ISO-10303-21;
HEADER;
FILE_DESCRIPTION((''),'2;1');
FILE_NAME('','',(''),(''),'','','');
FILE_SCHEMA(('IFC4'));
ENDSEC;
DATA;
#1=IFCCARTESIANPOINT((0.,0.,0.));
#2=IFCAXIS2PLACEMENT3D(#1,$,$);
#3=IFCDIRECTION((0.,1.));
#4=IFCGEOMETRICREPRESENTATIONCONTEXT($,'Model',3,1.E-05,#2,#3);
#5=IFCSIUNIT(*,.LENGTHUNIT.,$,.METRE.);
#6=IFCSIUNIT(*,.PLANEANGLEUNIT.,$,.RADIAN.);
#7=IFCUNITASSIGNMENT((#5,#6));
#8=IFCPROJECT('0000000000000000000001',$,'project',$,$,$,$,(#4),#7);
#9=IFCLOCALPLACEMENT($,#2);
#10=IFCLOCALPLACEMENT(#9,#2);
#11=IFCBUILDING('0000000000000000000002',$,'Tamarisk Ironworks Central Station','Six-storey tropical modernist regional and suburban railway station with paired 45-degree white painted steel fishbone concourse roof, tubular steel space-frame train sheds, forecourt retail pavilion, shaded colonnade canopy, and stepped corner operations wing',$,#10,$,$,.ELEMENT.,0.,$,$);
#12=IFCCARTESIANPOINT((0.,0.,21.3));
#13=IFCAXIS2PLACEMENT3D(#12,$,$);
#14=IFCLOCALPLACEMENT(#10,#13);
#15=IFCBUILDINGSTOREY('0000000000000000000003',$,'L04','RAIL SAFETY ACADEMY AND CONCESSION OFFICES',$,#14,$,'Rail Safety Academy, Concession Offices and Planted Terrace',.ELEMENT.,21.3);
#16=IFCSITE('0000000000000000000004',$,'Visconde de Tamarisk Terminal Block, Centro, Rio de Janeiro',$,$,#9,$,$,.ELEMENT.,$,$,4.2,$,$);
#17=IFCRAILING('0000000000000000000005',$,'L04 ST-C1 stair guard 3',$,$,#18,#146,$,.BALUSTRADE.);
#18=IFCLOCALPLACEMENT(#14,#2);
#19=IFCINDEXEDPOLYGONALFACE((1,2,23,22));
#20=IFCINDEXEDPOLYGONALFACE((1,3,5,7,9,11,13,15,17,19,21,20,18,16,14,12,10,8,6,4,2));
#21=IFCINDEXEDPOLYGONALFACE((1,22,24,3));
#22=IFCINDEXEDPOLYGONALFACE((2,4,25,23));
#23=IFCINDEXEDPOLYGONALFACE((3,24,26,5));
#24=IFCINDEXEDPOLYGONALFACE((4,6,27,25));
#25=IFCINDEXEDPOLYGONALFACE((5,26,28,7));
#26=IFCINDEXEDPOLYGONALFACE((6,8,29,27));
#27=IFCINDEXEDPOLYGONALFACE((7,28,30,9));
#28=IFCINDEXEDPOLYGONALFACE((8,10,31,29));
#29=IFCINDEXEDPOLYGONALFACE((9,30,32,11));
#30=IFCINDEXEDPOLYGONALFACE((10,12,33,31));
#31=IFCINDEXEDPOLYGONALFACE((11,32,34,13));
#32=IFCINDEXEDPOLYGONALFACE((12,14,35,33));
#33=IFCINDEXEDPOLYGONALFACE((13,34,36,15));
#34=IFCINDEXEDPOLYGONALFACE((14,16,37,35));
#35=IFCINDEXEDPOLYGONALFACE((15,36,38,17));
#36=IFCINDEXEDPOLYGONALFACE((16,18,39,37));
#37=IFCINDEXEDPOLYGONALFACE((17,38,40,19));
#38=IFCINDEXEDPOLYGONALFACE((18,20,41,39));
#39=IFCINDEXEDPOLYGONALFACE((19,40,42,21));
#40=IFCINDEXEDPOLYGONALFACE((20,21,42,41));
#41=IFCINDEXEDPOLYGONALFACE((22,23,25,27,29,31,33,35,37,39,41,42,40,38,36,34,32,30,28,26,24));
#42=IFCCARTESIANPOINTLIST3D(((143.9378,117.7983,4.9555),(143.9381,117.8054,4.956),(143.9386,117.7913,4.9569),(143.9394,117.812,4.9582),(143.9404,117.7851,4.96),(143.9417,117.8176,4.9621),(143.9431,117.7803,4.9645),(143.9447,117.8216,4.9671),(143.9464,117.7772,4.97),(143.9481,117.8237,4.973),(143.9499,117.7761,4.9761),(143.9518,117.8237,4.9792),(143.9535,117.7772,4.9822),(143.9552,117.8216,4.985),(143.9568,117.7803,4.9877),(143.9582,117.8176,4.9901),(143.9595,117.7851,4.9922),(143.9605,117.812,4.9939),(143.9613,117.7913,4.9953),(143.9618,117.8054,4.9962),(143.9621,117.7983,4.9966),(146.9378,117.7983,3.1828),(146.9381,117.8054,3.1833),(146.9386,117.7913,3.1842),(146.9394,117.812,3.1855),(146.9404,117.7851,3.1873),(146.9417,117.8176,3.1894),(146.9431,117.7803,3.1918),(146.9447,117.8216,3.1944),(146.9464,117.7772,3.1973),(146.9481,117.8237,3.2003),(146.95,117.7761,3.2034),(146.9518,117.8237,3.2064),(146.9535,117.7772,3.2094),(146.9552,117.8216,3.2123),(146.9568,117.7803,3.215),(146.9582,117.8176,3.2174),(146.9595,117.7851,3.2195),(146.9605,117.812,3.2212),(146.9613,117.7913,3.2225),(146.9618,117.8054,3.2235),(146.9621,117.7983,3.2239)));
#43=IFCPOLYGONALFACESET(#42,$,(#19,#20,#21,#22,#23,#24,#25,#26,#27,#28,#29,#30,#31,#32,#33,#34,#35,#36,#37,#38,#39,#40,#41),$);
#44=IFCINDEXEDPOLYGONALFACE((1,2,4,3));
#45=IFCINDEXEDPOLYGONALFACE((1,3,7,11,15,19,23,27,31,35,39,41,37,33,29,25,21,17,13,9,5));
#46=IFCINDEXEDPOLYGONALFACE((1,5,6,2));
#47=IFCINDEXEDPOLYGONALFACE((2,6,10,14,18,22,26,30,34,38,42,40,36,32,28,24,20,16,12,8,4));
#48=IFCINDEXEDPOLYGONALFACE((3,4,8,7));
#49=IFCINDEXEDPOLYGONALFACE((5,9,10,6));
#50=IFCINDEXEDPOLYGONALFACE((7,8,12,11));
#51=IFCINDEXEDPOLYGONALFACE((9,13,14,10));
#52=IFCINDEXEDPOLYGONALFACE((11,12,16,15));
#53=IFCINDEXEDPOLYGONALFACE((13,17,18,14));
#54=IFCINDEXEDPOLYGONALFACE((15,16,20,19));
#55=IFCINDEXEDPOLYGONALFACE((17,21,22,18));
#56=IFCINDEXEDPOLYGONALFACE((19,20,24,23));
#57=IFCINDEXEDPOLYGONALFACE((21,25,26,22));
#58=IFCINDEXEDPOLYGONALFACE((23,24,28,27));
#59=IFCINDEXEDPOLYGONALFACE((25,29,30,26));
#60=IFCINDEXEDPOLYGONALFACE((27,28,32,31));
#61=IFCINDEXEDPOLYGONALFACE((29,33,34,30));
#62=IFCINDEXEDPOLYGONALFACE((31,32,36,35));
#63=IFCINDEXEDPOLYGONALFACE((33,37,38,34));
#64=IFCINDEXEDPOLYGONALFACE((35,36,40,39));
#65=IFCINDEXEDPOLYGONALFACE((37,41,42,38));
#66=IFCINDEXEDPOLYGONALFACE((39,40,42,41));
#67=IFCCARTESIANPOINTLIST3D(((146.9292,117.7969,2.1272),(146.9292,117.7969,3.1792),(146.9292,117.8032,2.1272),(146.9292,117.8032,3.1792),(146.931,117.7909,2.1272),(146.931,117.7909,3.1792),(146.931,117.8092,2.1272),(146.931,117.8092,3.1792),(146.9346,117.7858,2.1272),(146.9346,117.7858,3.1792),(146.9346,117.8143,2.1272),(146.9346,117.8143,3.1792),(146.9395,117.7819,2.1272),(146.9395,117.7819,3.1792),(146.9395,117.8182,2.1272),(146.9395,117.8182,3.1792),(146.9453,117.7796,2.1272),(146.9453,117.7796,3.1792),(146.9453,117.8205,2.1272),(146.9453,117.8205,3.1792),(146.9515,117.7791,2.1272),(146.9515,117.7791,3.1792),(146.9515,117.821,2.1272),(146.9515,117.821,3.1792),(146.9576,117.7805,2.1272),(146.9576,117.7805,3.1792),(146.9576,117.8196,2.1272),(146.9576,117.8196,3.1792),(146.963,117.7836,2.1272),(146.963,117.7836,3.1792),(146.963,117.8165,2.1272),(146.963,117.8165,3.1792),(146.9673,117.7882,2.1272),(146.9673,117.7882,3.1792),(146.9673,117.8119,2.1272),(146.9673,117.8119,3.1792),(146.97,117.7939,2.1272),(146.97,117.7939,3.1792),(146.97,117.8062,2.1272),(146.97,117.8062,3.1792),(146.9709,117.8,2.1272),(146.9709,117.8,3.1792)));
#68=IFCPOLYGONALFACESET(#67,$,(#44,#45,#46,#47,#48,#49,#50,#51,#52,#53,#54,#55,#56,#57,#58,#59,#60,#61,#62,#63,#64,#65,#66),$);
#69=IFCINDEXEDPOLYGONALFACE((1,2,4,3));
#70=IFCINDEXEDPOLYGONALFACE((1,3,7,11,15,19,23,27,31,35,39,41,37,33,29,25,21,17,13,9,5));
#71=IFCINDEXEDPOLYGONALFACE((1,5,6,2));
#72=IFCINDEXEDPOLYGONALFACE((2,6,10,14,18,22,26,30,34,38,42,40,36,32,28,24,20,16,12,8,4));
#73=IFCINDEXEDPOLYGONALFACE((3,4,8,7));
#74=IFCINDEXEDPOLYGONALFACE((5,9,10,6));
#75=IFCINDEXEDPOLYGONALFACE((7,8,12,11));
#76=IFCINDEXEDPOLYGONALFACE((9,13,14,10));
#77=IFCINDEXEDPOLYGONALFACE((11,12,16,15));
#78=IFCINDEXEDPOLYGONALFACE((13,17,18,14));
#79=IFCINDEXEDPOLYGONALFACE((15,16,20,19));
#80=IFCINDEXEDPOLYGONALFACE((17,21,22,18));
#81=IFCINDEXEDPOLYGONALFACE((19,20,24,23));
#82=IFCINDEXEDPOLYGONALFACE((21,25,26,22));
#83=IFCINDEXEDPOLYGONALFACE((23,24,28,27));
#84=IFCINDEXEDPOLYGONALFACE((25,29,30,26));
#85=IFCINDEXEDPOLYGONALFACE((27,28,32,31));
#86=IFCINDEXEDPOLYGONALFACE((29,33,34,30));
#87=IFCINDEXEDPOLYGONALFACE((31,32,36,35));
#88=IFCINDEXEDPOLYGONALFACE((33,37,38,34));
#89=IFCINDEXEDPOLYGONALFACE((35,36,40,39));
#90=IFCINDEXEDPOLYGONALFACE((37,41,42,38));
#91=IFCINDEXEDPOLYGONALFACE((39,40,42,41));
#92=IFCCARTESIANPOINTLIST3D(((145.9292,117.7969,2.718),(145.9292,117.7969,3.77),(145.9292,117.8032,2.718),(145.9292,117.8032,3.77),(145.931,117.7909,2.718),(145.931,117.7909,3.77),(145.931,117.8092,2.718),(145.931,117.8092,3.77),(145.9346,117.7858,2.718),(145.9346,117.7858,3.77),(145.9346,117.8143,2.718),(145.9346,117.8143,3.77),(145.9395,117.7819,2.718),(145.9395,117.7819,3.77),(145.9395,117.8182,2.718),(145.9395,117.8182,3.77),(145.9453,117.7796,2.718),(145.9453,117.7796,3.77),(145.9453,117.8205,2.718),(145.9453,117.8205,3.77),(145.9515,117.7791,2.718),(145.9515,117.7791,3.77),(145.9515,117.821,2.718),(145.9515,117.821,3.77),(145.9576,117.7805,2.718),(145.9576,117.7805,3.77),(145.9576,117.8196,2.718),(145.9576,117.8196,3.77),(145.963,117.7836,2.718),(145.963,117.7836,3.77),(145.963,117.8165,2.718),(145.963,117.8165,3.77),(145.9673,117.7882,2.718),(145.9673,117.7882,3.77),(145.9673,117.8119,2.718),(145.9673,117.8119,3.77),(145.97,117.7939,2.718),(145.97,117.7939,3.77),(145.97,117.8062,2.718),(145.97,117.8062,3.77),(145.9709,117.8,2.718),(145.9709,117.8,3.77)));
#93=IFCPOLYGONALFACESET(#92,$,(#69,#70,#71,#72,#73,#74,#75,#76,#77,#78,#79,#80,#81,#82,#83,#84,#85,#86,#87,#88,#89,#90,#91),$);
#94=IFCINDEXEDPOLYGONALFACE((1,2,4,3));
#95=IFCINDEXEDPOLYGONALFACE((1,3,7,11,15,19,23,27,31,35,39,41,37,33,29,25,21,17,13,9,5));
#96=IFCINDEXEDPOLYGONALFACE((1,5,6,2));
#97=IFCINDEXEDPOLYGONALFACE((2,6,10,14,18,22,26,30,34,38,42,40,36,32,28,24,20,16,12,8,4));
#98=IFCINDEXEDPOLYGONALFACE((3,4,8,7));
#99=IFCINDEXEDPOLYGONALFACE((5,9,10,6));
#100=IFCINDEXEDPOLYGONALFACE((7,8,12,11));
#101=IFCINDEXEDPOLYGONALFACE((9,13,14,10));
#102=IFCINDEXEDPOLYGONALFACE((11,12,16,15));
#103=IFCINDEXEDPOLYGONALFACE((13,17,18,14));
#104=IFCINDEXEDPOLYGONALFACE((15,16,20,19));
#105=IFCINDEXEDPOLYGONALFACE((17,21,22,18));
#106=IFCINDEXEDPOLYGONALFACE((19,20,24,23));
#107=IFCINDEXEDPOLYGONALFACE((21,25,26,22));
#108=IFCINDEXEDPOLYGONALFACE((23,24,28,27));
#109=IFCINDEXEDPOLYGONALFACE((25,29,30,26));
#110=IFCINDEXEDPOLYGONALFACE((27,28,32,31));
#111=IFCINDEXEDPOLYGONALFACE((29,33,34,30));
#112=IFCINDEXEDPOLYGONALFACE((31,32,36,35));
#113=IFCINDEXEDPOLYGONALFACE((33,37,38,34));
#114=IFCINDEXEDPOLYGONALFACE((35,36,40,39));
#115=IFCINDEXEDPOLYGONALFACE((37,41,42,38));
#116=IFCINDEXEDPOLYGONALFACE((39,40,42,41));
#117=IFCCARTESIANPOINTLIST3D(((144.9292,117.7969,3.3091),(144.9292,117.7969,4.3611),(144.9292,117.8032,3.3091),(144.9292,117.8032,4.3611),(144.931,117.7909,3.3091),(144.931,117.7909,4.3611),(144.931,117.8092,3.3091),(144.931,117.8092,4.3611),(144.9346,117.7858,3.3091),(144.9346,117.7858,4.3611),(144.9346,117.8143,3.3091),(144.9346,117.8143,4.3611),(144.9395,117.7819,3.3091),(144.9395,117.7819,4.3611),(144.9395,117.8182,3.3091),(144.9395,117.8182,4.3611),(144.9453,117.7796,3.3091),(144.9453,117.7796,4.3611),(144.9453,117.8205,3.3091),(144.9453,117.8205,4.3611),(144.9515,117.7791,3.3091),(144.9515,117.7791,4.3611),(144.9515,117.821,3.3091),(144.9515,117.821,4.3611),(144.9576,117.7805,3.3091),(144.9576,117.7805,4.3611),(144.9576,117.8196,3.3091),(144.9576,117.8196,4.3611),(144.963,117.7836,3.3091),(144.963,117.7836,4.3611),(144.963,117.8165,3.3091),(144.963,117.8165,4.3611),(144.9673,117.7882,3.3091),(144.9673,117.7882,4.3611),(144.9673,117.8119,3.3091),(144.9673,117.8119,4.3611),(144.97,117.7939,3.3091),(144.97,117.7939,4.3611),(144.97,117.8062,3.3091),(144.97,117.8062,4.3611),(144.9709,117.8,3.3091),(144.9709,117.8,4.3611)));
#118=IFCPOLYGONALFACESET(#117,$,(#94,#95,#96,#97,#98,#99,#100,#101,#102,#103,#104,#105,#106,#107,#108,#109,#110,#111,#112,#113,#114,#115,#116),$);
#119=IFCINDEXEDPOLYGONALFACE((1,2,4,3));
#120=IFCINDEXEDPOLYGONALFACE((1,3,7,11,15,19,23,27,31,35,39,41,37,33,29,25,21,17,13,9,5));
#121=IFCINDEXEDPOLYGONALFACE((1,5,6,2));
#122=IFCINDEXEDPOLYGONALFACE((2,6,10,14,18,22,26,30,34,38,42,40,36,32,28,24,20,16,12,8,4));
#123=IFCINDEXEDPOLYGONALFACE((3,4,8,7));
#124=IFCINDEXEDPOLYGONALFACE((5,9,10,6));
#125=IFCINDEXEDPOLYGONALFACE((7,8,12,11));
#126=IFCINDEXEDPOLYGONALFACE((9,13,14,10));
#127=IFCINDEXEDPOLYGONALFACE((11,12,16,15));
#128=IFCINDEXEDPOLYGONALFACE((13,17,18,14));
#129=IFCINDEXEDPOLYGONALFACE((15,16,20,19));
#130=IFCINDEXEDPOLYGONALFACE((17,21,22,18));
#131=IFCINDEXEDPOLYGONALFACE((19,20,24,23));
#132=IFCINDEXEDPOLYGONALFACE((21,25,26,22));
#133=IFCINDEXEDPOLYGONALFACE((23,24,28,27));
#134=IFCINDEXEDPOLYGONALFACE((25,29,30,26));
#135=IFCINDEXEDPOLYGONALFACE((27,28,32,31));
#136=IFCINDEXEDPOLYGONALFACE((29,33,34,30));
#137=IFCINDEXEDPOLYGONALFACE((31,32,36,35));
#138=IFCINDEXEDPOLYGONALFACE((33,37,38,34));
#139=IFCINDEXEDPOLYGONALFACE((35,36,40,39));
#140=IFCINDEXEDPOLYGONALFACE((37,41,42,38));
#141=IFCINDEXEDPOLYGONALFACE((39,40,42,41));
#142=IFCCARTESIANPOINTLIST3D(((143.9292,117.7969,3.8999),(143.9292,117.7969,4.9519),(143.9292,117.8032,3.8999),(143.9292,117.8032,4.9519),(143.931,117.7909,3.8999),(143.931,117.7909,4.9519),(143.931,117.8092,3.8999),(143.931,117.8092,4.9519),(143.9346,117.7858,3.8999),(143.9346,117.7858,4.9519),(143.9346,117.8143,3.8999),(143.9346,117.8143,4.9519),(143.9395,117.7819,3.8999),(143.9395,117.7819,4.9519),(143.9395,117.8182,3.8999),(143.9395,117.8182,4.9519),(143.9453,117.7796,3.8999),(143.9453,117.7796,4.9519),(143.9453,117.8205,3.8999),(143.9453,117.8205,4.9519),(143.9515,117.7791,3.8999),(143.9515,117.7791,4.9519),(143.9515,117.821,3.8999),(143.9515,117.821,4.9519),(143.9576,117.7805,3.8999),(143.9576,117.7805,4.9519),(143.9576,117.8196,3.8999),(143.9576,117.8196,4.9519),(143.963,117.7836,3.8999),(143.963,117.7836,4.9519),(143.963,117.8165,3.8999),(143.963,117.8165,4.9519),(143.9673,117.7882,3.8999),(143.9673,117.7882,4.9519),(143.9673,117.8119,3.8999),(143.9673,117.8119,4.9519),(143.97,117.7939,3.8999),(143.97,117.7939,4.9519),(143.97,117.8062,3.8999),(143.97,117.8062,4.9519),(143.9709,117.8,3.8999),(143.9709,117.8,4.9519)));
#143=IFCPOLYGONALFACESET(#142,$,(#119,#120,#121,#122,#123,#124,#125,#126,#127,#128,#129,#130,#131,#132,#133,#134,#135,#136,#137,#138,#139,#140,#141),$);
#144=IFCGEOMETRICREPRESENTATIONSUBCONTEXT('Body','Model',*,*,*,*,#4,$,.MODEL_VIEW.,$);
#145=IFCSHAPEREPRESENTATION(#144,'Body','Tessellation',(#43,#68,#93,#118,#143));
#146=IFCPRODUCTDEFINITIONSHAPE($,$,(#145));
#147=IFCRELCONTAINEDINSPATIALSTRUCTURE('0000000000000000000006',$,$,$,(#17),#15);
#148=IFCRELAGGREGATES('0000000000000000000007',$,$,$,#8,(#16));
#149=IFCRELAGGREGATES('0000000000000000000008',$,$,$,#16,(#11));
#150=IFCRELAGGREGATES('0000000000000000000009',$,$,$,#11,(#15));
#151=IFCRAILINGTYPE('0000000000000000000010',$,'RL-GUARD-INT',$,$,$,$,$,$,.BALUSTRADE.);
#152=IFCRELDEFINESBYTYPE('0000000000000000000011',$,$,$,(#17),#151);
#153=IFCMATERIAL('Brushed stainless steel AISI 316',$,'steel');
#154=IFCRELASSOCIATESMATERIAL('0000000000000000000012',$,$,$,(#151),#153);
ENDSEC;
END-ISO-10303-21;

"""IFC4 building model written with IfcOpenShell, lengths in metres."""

from ifc_helpers import new_model, si_unit, direction, frame, origin, origin_2d, place, context, subcontext, project, spatial, circle, extrude, material, type_object, element, save


model = new_model("IFC4")

# Units and contexts
model_context = context("Model", 3, precision=1e-05, world=origin(), true_north=direction((0.0, 1.0)))
body_context = subcontext(model_context, "Body", "Model", "MODEL_VIEW")
ifc_project = project(units=[si_unit("LENGTHUNIT", "METRE"), si_unit("PLANEANGLEUNIT", "RADIAN")], contexts=[model_context])

# Site, building, storey
site_placement = place(None, origin())
site = spatial("IfcSite", under=ifc_project, at=site_placement, Name="Visconde de Tamarisk Terminal Block, Centro, Rio de Janeiro", CompositionType="ELEMENT", RefElevation=4.2)
building_placement = place(site_placement, origin())
building = spatial("IfcBuilding", under=site, at=building_placement, Name="Tamarisk Ironworks Central Station", Description="Six-storey tropical modernist regional and suburban railway station with paired 45-degree white painted steel fishbone concourse roof, tubular steel space-frame train sheds, forecourt retail pavilion, shaded colonnade canopy, and stepped corner operations wing", CompositionType="ELEMENT", ElevationOfRefHeight=0.0)
storey_placement = place(building_placement, frame((0.0, 0.0, 21.3)))
storey = spatial("IfcBuildingStorey", under=building, at=storey_placement, Name="L04", Description="RAIL SAFETY ACADEMY AND CONCESSION OFFICES", LongName="Rail Safety Academy, Concession Offices and Planted Terrace", CompositionType="ELEMENT", Elevation=21.3)

# Shared definitions
ifc_material_1 = material(Name="Brushed stainless steel AISI 316", Category="steel")

# Railing
railing_type_1 = type_object("IfcRailingType", Name="RL-GUARD-INT", PredefinedType="BALUSTRADE", material=ifc_material_1)
railing_1_placement = place(storey_placement, frame((146.95, 117.8, 2.1272)))
element("IfcRailing", 1, at=railing_1_placement, inside=storey, type_object=railing_type_1, Name="L04 ST-C1 stair guard 3", PredefinedType="BALUSTRADE", context=body_context, shape_type="SweptSolid", body=[
    extrude(circle(Radius=0.0239, at=origin_2d()), frame((0.0, 0.0, 1.0762), z_axis=(-0.860929, 0.0, 0.508725), x_axis=(0.0, -1.0, 0.0)), (0.0, 0.0, 1.0), 3.4846),
    extrude(circle(Radius=0.021, at=origin_2d()), origin(), (0.0, 0.0, 1.0), 1.052),
    extrude(circle(Radius=0.021, at=origin_2d()), frame((-1.0, 0.0, 0.5908)), (0.0, 0.0, 1.0), 1.052),
    extrude(circle(Radius=0.021, at=origin_2d()), frame((-2.0, 0.0, 1.1819)), (0.0, 0.0, 1.0), 1.052),
    extrude(circle(Radius=0.021, at=origin_2d()), frame((-3.0, 0.0, 1.7727)), (0.0, 0.0, 1.0), 1.052),
])

save(model, "model.ifc")
